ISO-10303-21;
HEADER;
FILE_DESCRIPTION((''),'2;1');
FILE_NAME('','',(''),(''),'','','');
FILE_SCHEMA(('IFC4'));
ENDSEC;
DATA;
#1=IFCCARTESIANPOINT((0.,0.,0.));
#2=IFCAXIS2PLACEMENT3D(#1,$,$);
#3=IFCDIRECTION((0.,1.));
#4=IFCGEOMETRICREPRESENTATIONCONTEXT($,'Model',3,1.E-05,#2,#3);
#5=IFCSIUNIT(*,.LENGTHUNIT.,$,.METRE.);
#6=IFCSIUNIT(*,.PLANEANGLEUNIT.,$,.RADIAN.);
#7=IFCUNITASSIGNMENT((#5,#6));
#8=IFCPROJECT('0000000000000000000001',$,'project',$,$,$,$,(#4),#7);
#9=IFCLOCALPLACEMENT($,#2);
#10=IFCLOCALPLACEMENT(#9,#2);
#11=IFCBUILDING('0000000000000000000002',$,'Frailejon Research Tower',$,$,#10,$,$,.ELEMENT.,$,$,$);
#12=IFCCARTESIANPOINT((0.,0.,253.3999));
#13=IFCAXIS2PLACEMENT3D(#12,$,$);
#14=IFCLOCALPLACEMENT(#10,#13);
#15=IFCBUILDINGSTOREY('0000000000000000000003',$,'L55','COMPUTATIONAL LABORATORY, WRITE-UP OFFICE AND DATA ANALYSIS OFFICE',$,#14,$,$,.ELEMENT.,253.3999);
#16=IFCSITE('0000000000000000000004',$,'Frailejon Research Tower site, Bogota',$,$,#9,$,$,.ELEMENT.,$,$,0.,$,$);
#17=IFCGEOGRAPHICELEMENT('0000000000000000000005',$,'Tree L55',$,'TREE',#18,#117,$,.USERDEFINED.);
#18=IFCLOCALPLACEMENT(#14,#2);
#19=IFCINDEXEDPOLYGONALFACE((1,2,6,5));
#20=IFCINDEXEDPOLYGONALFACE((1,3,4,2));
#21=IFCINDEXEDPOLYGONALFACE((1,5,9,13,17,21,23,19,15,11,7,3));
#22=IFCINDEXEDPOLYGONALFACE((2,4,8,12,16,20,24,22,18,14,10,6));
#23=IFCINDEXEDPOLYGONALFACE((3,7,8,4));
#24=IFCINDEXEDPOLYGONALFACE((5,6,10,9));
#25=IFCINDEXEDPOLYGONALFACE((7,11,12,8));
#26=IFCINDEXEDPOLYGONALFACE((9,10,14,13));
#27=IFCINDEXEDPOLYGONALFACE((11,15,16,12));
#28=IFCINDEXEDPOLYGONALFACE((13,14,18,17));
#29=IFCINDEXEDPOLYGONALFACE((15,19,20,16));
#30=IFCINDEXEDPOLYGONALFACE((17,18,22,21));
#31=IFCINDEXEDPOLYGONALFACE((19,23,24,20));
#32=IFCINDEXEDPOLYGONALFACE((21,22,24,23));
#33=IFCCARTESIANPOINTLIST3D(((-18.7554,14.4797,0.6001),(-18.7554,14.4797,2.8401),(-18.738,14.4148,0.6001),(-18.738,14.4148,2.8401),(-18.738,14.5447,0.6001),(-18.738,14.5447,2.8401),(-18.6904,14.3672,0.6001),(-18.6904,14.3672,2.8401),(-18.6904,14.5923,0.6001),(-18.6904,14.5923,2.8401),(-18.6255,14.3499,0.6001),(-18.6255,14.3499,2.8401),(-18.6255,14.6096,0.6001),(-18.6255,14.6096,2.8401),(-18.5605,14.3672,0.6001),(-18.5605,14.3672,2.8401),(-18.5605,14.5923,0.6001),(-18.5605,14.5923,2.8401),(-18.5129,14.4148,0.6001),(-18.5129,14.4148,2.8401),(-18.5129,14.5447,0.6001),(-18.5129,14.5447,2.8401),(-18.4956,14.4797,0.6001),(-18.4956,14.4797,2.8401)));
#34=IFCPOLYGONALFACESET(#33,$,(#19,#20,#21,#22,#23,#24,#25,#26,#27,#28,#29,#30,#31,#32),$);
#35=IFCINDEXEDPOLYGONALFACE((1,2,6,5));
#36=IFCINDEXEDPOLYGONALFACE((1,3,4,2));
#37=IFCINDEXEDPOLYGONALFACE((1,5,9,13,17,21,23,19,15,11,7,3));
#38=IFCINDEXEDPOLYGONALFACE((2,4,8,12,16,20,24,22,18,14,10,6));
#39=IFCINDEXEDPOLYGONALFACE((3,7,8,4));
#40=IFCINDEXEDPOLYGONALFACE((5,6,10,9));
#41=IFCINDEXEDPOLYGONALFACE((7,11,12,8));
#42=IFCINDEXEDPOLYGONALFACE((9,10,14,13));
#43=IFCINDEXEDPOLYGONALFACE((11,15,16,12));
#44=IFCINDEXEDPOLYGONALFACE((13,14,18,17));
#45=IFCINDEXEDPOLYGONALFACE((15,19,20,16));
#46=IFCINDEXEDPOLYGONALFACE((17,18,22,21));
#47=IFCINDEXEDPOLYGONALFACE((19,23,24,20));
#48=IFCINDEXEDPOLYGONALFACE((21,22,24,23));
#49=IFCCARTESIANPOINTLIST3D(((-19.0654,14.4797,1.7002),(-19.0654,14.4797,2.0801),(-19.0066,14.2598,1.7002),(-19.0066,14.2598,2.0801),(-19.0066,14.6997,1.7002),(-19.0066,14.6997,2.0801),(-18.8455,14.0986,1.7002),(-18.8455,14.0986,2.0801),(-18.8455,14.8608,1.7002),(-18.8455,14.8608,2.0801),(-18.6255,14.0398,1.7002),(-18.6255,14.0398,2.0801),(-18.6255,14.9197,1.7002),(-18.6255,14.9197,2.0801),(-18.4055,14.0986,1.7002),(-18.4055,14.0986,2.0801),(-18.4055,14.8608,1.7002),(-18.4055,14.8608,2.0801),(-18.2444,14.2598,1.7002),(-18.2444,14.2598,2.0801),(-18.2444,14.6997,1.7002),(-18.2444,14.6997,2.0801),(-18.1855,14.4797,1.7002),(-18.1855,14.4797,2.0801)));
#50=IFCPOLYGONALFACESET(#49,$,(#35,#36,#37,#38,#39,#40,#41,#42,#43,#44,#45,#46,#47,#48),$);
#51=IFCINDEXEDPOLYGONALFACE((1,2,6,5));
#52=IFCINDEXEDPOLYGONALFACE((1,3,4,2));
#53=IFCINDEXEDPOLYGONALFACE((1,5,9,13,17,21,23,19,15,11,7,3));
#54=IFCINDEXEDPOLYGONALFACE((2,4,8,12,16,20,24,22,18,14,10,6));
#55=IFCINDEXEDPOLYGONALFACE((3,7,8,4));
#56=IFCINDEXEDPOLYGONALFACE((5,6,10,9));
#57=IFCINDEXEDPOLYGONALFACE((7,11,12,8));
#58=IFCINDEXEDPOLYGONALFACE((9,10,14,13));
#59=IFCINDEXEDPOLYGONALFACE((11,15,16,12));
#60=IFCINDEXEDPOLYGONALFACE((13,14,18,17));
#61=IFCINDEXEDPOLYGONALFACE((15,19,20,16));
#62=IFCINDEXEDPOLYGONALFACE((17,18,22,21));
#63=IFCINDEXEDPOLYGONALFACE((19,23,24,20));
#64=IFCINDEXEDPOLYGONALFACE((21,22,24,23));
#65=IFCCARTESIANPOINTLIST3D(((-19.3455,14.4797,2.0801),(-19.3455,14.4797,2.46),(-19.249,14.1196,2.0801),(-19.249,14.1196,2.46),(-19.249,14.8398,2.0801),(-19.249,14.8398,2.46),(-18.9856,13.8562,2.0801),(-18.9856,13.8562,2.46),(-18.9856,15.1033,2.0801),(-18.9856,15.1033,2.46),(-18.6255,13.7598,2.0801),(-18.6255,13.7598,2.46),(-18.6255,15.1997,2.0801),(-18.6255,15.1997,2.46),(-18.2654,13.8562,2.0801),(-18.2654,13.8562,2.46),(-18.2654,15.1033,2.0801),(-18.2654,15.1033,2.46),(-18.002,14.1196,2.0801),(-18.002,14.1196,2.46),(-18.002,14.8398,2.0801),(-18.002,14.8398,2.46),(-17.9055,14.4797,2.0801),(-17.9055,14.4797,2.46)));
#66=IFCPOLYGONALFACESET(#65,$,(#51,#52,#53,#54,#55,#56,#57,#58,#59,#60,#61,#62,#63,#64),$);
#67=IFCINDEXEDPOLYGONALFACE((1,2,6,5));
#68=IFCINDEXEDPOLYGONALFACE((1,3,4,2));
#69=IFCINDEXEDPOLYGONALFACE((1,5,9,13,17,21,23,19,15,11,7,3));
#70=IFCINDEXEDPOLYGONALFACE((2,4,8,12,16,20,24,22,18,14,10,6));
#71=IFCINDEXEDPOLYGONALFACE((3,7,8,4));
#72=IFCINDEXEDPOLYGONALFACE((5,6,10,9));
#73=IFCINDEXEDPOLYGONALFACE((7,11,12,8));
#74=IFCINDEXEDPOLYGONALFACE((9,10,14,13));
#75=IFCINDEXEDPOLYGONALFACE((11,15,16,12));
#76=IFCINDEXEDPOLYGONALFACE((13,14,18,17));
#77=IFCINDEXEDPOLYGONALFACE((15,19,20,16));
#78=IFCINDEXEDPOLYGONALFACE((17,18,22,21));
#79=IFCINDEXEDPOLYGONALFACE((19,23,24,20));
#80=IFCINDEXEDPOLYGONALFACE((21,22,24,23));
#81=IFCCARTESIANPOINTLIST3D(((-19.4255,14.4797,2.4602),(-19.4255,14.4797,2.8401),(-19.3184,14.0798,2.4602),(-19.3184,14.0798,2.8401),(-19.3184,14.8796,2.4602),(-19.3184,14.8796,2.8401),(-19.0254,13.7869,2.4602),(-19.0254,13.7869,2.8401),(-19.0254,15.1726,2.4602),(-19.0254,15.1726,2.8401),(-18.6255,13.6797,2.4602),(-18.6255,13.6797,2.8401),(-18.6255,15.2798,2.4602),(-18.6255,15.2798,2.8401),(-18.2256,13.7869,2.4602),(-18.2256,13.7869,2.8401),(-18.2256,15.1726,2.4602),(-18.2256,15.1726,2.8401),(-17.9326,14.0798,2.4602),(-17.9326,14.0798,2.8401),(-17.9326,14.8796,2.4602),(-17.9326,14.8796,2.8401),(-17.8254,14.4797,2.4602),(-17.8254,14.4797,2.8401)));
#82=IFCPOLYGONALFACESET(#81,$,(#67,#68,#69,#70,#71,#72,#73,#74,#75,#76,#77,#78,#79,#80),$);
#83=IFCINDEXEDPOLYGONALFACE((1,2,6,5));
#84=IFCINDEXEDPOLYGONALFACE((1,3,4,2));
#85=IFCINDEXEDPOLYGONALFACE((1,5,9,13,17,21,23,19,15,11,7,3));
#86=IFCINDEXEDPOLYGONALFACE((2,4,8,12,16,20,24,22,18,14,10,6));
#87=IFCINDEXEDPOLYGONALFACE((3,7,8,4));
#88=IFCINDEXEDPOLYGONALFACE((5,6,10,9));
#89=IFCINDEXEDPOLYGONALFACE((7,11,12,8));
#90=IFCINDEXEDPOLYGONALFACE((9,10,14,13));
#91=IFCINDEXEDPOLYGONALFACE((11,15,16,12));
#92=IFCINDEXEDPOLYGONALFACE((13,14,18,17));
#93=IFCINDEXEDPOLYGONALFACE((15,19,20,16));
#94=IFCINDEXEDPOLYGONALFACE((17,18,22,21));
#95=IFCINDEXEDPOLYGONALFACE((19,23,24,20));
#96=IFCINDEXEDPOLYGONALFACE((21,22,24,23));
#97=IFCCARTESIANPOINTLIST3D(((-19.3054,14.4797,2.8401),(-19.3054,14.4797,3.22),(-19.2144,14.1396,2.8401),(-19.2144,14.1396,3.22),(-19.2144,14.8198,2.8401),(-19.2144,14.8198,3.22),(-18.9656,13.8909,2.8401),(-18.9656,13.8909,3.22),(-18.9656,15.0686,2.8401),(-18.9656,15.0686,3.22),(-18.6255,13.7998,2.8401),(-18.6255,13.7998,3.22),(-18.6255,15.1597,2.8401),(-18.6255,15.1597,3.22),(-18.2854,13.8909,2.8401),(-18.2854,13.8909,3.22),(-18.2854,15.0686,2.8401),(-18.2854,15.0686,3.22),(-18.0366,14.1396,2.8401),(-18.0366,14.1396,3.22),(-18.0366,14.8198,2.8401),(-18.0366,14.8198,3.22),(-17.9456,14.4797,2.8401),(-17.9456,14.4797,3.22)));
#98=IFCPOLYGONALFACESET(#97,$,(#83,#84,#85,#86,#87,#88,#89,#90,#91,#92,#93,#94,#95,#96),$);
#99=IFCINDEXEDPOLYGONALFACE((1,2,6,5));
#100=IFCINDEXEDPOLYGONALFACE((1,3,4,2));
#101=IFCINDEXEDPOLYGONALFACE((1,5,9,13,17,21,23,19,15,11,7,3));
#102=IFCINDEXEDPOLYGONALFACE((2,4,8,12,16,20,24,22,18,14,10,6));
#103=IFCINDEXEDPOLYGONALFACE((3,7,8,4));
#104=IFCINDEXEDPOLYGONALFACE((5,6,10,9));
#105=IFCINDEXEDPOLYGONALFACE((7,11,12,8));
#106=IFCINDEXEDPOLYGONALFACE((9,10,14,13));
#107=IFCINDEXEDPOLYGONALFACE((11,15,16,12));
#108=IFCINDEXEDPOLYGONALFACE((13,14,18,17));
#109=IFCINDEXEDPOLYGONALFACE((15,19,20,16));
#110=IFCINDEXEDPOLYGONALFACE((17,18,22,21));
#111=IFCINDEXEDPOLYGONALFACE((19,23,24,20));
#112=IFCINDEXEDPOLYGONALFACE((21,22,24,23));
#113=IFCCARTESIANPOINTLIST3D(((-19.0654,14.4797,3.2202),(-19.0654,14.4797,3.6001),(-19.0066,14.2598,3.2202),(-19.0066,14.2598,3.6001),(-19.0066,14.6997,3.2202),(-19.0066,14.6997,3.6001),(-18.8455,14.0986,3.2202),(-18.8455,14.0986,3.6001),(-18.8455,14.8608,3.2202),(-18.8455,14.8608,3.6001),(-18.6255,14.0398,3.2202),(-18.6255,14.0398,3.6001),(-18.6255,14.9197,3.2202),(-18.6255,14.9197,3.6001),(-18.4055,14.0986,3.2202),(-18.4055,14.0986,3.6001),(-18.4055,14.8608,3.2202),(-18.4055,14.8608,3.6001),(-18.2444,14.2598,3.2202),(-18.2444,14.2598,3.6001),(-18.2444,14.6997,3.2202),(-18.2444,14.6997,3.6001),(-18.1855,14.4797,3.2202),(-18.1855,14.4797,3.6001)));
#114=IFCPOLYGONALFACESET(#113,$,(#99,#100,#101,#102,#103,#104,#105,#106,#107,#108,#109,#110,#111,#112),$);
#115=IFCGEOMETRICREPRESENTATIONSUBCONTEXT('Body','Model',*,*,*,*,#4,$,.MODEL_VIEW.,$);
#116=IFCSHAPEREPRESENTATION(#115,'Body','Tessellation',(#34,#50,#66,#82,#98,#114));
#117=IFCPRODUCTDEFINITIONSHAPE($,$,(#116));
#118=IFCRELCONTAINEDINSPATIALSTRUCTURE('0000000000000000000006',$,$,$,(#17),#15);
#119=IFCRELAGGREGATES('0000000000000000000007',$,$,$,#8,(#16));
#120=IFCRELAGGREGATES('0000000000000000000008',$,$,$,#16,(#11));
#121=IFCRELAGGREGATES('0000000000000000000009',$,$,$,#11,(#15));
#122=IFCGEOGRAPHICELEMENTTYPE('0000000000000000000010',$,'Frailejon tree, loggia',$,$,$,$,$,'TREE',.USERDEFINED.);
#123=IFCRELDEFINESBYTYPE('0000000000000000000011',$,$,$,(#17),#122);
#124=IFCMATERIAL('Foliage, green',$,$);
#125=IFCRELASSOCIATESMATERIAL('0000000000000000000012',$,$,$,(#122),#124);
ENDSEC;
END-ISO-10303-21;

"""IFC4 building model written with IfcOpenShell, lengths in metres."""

from ifc_helpers import new_model, si_unit, direction, frame, origin, place, context, subcontext, project, spatial, polyline, outline, extrude, material, type_object, element, save


model = new_model("IFC4")

# Units and contexts
model_context = context("Model", 3, precision=1e-05, world=origin(), true_north=direction((0.0, 1.0)))
body_context = subcontext(model_context, "Body", "Model", "MODEL_VIEW")
ifc_project = project(units=[si_unit("LENGTHUNIT", "METRE"), si_unit("PLANEANGLEUNIT", "RADIAN")], contexts=[model_context])

# Site, building, storey
site_placement = place(None, origin())
site = spatial("IfcSite", under=ifc_project, at=site_placement, Name="Frailejon Research Tower site, Bogota", CompositionType="ELEMENT", RefElevation=0.0)
building_placement = place(site_placement, origin())
building = spatial("IfcBuilding", under=site, at=building_placement, Name="Frailejon Research Tower", CompositionType="ELEMENT")
storey_placement = place(building_placement, frame((0.0, 0.0, 253.3999)))
storey = spatial("IfcBuildingStorey", under=building, at=storey_placement, Name="L55", Description="COMPUTATIONAL LABORATORY, WRITE-UP OFFICE AND DATA ANALYSIS OFFICE", CompositionType="ELEMENT", Elevation=253.3999)

# Geographic element
ifc_material_1 = material(Name="Foliage, green")
geographic_element_type = type_object("IfcGeographicElementType", Name="Frailejon tree, loggia", ElementType="TREE", PredefinedType="USERDEFINED", material=ifc_material_1)
geographic_element_placement = place(storey_placement, frame((-18.6255, 14.4797, 0.6001)))
element("IfcGeographicElement", 1, at=geographic_element_placement, inside=storey, type_object=geographic_element_type, Name="Tree L55", ObjectType="TREE", PredefinedType="USERDEFINED", context=body_context, shape_type="SweptSolid", body=[
    extrude(outline(polyline([(0.1299, 0.0), (0.1125, 0.0649), (0.0649, 0.1125), (0.0, 0.1299), (-0.0649, 0.1125), (-0.1125, 0.0649), (-0.1299, 0.0), (-0.1125, -0.0649), (-0.0649, -0.1125), (0.0, -0.1299), (0.0649, -0.1125), (0.1125, -0.0649), (0.1299, 0.0)])), origin(), (0.0, 0.0, 1.0), 2.24),
    extrude(outline(polyline([(0.4399, 0.0), (0.3811, 0.22), (0.22, 0.3811), (0.0, 0.4399), (-0.22, 0.3811), (-0.3811, 0.22), (-0.4399, 0.0), (-0.3811, -0.22), (-0.22, -0.3811), (0.0, -0.4399), (0.22, -0.3811), (0.3811, -0.22), (0.4399, 0.0)])), frame((0.0, 0.0, 1.1001)), (0.0, 0.0, 1.0), 0.3799),
    extrude(outline(polyline([(0.72, 0.0), (0.6235, 0.3601), (0.3601, 0.6235), (0.0, 0.72), (-0.3601, 0.6235), (-0.6235, 0.3601), (-0.72, 0.0), (-0.6235, -0.3601), (-0.3601, -0.6235), (0.0, -0.72), (0.3601, -0.6235), (0.6235, -0.3601), (0.72, 0.0)])), frame((0.0, 0.0, 1.48)), (0.0, 0.0, 1.0), 0.3799),
    extrude(outline(polyline([(0.8, 0.0), (0.6929, 0.3999), (0.3999, 0.6929), (0.0, 0.8), (-0.3999, 0.6929), (-0.6929, 0.3999), (-0.8, 0.0), (-0.6929, -0.3999), (-0.3999, -0.6929), (0.0, -0.8), (0.3999, -0.6929), (0.6929, -0.3999), (0.8, 0.0)])), frame((0.0, 0.0, 1.8601)), (0.0, 0.0, 1.0), 0.3799),
    extrude(outline(polyline([(0.6799, 0.0), (0.5889, 0.3401), (0.3401, 0.5889), (0.0, 0.6799), (-0.3401, 0.5889), (-0.5889, 0.3401), (-0.6799, 0.0), (-0.5889, -0.3401), (-0.3401, -0.5889), (0.0, -0.6799), (0.3401, -0.5889), (0.5889, -0.3401), (0.6799, 0.0)])), frame((0.0, 0.0, 2.24)), (0.0, 0.0, 1.0), 0.3799),
    extrude(outline(polyline([(0.4399, 0.0), (0.3811, 0.22), (0.22, 0.3811), (0.0, 0.4399), (-0.22, 0.3811), (-0.3811, 0.22), (-0.4399, 0.0), (-0.3811, -0.22), (-0.22, -0.3811), (0.0, -0.4399), (0.22, -0.3811), (0.3811, -0.22), (0.4399, 0.0)])), frame((0.0, 0.0, 2.6201)), (0.0, 0.0, 1.0), 0.3799),
])

save(model, "model.ifc")
